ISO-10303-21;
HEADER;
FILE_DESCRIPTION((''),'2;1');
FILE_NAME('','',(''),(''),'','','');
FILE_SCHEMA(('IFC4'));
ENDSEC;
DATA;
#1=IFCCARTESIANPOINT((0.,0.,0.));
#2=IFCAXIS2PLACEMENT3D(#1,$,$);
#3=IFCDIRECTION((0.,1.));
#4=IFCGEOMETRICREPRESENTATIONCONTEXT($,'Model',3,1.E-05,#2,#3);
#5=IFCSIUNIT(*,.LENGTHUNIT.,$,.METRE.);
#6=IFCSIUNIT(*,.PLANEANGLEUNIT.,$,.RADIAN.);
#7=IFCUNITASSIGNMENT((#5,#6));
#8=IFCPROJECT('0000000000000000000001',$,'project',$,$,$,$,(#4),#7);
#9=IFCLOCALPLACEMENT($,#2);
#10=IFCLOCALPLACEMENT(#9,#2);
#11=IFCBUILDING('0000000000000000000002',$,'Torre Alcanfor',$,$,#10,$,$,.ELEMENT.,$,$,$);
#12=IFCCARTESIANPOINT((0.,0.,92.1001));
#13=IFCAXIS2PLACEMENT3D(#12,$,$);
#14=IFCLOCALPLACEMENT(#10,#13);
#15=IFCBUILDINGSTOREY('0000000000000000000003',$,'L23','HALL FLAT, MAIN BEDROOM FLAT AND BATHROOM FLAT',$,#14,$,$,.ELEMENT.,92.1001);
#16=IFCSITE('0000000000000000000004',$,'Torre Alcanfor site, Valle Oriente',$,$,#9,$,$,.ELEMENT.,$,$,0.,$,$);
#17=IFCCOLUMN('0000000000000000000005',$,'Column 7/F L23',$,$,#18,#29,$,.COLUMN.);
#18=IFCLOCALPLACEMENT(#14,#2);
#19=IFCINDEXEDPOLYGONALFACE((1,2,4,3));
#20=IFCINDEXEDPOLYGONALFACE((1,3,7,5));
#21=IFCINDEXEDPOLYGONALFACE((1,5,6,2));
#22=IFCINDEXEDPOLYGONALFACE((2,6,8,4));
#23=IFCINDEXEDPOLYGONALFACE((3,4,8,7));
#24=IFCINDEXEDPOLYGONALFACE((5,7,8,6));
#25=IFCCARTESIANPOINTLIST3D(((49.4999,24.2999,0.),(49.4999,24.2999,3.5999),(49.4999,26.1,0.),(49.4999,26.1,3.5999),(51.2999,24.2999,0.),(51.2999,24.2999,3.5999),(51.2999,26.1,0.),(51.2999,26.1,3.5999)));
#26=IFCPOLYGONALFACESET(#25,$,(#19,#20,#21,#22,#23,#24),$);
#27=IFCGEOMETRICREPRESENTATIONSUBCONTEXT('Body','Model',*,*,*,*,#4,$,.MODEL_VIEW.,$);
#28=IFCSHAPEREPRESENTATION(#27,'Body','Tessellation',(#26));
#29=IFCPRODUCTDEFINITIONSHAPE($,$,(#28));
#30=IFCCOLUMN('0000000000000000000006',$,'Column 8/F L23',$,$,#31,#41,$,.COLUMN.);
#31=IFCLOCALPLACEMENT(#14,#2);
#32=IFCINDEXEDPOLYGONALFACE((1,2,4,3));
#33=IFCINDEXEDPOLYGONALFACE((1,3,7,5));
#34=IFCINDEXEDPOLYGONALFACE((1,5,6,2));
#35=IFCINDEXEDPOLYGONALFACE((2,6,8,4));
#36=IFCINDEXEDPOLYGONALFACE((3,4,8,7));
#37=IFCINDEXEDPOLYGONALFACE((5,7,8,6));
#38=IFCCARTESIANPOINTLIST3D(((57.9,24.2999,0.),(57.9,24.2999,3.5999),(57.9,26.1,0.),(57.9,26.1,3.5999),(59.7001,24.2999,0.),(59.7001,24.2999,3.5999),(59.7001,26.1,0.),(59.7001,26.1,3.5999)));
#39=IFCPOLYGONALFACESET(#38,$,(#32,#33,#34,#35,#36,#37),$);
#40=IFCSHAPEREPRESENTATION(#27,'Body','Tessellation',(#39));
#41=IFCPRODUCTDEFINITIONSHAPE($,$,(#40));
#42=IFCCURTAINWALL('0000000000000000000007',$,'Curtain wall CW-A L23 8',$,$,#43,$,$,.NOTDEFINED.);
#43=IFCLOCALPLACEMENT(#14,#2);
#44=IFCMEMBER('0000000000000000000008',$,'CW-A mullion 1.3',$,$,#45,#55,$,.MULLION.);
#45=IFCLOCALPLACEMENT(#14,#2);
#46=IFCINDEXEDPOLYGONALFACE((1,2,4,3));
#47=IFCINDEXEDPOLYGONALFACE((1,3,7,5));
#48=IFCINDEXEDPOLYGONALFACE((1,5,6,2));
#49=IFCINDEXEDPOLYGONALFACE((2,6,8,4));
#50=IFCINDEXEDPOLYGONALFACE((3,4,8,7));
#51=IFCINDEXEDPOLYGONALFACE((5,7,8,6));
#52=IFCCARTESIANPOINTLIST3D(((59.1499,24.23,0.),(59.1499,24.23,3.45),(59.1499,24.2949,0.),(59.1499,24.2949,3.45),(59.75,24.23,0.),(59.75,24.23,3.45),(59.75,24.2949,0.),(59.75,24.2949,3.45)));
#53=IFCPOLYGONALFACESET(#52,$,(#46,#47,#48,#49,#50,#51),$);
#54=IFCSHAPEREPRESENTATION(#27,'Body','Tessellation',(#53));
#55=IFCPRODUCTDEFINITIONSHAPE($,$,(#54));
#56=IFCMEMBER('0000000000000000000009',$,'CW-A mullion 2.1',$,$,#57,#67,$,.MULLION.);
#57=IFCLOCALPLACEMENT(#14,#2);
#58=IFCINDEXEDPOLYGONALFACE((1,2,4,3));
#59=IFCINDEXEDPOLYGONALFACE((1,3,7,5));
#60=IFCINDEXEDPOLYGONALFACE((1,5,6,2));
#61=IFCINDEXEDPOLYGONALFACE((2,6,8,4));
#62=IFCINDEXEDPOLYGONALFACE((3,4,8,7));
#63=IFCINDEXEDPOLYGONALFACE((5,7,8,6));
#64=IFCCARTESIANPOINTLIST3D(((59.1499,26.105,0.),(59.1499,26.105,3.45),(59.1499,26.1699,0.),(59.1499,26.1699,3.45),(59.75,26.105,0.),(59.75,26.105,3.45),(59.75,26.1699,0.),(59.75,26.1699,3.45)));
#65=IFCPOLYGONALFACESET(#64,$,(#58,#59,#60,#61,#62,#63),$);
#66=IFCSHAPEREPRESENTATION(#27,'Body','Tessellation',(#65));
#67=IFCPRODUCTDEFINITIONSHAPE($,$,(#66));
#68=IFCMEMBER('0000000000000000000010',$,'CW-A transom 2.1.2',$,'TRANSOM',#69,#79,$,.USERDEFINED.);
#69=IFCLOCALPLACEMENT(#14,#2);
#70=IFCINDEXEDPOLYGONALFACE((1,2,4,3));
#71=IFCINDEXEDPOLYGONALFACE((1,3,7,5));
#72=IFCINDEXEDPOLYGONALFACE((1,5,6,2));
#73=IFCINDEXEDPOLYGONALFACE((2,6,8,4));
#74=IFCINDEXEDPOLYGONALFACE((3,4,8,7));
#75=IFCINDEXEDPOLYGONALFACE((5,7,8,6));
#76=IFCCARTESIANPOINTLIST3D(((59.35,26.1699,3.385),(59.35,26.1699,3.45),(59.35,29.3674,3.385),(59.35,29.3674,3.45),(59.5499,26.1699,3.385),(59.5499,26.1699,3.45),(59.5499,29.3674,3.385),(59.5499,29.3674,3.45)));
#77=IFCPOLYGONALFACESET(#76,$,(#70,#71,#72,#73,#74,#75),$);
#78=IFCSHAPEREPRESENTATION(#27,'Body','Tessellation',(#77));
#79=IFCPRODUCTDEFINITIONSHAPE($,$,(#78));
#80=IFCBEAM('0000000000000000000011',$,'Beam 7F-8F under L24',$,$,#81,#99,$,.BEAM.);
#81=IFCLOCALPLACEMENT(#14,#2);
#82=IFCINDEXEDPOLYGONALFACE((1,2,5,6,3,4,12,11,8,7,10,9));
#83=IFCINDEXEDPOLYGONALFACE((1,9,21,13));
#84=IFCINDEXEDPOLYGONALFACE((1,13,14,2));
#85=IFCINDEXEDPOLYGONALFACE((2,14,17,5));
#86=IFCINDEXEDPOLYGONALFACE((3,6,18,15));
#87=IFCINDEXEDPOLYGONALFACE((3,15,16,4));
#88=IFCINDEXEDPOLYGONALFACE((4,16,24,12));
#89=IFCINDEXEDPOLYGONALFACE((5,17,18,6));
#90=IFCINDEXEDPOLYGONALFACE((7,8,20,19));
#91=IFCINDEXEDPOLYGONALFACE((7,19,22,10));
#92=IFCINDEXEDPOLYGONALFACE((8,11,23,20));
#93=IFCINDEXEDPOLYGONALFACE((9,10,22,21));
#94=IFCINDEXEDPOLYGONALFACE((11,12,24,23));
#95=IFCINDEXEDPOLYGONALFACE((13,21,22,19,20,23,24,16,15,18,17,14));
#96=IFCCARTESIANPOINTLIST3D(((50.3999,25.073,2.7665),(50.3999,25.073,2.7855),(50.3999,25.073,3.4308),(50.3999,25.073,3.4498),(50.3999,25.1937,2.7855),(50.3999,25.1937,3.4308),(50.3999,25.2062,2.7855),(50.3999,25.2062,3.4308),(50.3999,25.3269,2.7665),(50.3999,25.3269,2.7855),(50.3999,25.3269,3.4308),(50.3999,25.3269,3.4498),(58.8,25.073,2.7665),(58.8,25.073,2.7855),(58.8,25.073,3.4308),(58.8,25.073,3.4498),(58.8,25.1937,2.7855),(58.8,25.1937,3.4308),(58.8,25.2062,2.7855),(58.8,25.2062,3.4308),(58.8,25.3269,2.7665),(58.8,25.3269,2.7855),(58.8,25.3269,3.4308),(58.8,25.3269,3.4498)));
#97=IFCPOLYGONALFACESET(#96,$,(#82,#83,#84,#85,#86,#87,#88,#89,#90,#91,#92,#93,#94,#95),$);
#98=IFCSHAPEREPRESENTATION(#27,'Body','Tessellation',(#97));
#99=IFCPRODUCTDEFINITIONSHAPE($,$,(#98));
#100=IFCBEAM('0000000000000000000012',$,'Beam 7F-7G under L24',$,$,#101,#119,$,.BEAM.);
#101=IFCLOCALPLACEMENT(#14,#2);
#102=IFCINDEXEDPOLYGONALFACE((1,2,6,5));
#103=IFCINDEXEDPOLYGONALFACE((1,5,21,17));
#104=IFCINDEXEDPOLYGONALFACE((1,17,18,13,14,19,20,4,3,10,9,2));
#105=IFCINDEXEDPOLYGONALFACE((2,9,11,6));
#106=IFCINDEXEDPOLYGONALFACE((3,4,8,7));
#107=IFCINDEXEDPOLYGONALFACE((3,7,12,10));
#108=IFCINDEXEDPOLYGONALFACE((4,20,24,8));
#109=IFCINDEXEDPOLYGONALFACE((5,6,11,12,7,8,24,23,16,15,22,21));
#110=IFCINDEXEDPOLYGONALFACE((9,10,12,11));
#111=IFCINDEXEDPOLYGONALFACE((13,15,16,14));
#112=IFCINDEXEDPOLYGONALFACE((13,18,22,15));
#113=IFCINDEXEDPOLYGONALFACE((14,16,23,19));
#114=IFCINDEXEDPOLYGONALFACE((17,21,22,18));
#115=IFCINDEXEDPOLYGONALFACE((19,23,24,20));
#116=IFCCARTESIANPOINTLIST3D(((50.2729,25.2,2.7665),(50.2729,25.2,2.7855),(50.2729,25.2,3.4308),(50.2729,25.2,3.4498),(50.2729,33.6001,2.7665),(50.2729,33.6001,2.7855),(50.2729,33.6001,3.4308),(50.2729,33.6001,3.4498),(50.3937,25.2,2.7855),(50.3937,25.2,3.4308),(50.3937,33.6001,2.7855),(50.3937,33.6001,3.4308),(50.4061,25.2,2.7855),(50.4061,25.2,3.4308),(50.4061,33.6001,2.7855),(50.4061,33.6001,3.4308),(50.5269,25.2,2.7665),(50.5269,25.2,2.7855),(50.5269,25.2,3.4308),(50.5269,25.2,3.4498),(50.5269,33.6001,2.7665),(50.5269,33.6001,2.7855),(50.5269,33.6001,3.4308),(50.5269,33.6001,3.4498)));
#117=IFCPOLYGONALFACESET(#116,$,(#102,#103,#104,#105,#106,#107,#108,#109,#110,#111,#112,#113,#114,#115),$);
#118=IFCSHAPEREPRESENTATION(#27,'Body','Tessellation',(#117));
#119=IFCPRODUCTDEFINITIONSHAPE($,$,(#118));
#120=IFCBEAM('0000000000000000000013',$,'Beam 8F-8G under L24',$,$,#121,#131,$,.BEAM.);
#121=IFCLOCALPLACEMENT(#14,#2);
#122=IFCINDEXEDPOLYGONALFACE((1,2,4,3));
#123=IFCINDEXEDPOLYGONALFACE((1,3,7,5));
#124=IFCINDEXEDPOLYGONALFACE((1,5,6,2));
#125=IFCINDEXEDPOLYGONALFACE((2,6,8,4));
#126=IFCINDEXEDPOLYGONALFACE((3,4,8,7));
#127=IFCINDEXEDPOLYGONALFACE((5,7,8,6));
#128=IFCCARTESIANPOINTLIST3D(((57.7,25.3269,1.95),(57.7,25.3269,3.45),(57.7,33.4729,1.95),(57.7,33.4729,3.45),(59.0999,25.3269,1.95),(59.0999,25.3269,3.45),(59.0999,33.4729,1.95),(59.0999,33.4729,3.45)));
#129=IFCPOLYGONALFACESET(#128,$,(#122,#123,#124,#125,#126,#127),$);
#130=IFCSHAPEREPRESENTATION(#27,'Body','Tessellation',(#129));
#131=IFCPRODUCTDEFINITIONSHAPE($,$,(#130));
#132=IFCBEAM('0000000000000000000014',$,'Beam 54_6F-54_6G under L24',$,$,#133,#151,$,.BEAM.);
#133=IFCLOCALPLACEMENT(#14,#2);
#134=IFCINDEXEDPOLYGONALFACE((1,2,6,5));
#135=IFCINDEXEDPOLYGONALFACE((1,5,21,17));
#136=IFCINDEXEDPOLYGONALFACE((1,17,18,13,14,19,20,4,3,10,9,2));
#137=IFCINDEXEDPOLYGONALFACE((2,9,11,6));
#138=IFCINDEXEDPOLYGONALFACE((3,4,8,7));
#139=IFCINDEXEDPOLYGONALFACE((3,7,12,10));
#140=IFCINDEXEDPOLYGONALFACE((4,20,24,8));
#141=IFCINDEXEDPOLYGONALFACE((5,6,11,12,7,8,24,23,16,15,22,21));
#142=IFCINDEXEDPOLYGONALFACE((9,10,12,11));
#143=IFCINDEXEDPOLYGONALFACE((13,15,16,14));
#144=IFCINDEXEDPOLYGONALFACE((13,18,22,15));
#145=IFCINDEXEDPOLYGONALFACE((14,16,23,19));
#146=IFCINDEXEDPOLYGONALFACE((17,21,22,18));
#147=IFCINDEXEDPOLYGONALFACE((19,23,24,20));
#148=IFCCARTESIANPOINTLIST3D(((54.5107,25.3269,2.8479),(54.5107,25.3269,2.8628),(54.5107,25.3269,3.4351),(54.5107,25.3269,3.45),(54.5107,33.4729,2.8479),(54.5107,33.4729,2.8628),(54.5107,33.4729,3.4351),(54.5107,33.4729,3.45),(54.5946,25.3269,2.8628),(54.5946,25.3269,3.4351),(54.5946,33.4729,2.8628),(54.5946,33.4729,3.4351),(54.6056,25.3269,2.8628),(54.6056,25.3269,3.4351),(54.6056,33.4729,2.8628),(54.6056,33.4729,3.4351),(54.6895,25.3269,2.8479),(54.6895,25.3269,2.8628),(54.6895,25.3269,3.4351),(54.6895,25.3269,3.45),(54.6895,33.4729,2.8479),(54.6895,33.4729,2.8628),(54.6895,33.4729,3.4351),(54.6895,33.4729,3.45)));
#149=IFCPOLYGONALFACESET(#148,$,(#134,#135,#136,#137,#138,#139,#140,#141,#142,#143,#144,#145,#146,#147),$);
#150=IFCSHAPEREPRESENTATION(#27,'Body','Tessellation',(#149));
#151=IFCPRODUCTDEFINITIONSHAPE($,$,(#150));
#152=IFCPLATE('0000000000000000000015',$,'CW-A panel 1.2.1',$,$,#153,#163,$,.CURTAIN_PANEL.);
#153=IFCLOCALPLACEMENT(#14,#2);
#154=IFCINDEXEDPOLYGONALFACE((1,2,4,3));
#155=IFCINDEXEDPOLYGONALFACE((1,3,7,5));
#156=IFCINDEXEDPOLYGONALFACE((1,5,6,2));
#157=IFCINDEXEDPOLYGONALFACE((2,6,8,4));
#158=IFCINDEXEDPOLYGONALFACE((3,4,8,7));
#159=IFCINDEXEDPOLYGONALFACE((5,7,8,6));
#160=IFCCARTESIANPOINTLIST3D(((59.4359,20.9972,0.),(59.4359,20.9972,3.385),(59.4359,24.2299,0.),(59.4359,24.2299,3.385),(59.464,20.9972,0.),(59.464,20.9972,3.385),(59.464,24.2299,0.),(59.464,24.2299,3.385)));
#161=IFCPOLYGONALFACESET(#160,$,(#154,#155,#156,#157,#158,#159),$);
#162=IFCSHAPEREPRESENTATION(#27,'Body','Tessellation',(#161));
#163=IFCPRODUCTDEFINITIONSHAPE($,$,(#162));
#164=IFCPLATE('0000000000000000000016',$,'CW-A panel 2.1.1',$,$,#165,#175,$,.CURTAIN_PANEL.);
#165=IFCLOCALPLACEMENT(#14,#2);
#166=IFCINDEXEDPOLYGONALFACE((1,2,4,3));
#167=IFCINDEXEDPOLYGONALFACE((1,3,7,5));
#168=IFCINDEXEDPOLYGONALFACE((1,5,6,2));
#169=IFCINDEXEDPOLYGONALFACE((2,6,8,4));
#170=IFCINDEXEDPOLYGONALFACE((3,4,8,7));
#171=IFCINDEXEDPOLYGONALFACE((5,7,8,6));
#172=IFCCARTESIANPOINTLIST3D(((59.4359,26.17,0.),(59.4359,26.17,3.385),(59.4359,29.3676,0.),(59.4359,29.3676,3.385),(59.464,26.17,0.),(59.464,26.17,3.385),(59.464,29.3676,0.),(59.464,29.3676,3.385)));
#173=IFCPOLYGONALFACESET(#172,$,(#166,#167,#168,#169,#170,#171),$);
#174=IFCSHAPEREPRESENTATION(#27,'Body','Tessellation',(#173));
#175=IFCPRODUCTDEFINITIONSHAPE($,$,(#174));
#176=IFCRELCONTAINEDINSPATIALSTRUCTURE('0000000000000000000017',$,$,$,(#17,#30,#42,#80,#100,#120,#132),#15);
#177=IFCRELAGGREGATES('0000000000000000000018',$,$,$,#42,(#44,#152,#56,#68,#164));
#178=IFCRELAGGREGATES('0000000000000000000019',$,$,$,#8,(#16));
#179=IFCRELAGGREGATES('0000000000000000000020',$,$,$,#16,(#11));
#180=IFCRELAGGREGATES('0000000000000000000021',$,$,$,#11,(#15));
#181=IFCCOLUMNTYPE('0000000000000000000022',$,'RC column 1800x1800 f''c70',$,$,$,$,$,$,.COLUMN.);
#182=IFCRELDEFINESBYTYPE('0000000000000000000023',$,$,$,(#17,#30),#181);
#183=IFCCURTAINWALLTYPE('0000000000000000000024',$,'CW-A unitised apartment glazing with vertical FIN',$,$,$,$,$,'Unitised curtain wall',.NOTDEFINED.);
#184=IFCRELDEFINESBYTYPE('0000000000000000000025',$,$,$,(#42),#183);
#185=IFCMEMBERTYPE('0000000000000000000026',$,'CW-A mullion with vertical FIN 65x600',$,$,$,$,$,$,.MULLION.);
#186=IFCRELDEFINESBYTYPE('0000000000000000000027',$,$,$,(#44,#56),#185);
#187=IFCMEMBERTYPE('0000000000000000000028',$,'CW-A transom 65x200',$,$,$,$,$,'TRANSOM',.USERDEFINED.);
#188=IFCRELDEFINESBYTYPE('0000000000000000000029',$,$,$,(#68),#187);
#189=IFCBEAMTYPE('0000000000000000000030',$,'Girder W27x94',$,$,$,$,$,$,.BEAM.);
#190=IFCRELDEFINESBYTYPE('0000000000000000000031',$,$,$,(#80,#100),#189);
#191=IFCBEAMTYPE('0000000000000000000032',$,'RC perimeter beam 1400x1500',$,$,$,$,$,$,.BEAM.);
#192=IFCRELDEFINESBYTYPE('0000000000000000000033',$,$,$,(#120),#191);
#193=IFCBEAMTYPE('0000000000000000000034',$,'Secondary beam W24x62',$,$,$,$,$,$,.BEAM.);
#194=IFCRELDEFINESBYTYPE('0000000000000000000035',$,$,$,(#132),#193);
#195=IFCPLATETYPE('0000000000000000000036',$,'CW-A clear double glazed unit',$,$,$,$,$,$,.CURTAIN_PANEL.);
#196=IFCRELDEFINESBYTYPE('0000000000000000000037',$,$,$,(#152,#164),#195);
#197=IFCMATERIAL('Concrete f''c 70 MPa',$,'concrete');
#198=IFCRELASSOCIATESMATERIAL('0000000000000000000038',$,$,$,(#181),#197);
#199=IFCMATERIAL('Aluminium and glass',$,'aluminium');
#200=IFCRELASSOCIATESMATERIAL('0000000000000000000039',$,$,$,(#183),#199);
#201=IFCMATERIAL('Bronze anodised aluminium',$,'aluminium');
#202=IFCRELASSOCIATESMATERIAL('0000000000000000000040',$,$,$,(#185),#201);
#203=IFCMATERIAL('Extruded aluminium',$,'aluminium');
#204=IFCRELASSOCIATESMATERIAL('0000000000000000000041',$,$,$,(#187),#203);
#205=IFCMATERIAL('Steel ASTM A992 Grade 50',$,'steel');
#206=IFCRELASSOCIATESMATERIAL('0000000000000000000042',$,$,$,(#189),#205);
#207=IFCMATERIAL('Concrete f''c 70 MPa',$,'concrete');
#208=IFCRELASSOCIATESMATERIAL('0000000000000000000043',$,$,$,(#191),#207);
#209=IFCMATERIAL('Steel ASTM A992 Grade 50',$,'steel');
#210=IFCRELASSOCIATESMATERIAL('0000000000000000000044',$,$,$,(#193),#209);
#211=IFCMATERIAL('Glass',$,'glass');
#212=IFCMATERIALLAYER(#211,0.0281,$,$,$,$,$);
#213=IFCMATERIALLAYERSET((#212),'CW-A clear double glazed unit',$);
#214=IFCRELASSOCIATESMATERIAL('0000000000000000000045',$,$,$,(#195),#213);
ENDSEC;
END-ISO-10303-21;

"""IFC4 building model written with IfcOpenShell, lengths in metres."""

from ifc_helpers import new_model, si_unit, direction, frame, origin, origin_2d, place, context, subcontext, project, spatial, rectangle, i_section, extrude, material, layer, layer_set, material_profile, profile_set, type_object, element, aggregate, save


model = new_model("IFC4")

# Units and contexts
model_context = context("Model", 3, precision=1e-05, world=origin(), true_north=direction((0.0, 1.0)))
body_context = subcontext(model_context, "Body", "Model", "MODEL_VIEW")
ifc_project = project(units=[si_unit("LENGTHUNIT", "METRE"), si_unit("PLANEANGLEUNIT", "RADIAN")], contexts=[model_context])

# Site, building, storey
site_placement = place(None, origin())
site = spatial("IfcSite", under=ifc_project, at=site_placement, Name="Torre Alcanfor site, Valle Oriente", CompositionType="ELEMENT", RefElevation=0.0)
building_placement = place(site_placement, origin())
building = spatial("IfcBuilding", under=site, at=building_placement, Name="Torre Alcanfor", CompositionType="ELEMENT")
storey_placement = place(building_placement, frame((0.0, 0.0, 92.1001)))
storey = spatial("IfcBuildingStorey", under=building, at=storey_placement, Name="L23", Description="HALL FLAT, MAIN BEDROOM FLAT AND BATHROOM FLAT", CompositionType="ELEMENT", Elevation=92.1001)

# Columns
ifc_material_1 = material(Name="Concrete f'c 70 MPa", Category="concrete")
ifc_material_profile_1 = material_profile(ifc_material_1, rectangle(XDim=1.8, YDim=1.8, at=origin_2d()), Name="1800x1800")
ifc_profile_set_1 = profile_set([ifc_material_profile_1], Name="Concrete f'c 70 MPa")
column_type = type_object("IfcColumnType", Name="RC column 1800x1800 f'c70", PredefinedType="COLUMN", material=ifc_profile_set_1)
for number, where, z_axis, x_axis, name in (
    (1, (50.3999, 25.2, 0.0), (0.0, 0.0, 1.0), (1.0, 0.0, 0.0), "Column 7/F L23"),
    (2, (58.8, 25.2, 0.0), (0.0, 0.0, 1.0), (1.0, 0.0, 0.0), "Column 8/F L23"),
):
    element("IfcColumn", number, at=place(storey_placement, frame(where, z_axis=z_axis, x_axis=x_axis)), inside=storey, type_object=column_type, Name=name, PredefinedType="COLUMN", context=body_context, shape_type="SweptSolid", body=[
        extrude(rectangle(XDim=1.8, YDim=1.8, at=origin_2d()), origin(), (0.0, 0.0, 1.0), 3.5999),
    ])

# Curtain wall, members
ifc_material_2 = material(Name="Aluminium and glass", Category="aluminium")
curtain_wall_type = type_object("IfcCurtainWallType", Name="CW-A unitised apartment glazing with vertical FIN", ElementType="Unitised curtain wall", PredefinedType="NOTDEFINED", material=ifc_material_2)
curtain_wall_placement = place(storey_placement, origin())
curtain_wall = element("IfcCurtainWall", 3, at=curtain_wall_placement, inside=storey, type_object=curtain_wall_type, Name="Curtain wall CW-A L23 8", PredefinedType="NOTDEFINED")
ifc_material_3 = material(Name="Bronze anodised aluminium", Category="aluminium")
ifc_material_profile_2 = material_profile(ifc_material_3, rectangle(XDim=0.6001, YDim=0.0649, at=origin_2d()), Name="CW-A mullion 65x600")
ifc_profile_set_2 = profile_set([ifc_material_profile_2], Name="Bronze anodised aluminium")
member_type_1 = type_object("IfcMemberType", Name="CW-A mullion with vertical FIN 65x600", PredefinedType="MULLION", material=ifc_profile_set_2)
member_1_placement = place(storey_placement, frame((59.45, 24.2625, 0.0), z_axis=(0.0, 0.0, 1.0), x_axis=(-1.0, 0.0, 0.0)))
member_1 = element("IfcMember", 4, at=member_1_placement, type_object=member_type_1, Name="CW-A mullion 1.3", PredefinedType="MULLION", context=body_context, shape_type="SweptSolid", body=[
    extrude(rectangle(XDim=0.6001, YDim=0.0649, at=origin_2d()), origin(), (0.0, 0.0, 1.0), 3.45),
])
member_2_placement = place(storey_placement, frame((59.45, 26.1375, 0.0), z_axis=(0.0, 0.0, 1.0), x_axis=(-1.0, 0.0, 0.0)))
member_2 = element("IfcMember", 5, at=member_2_placement, type_object=member_type_1, Name="CW-A mullion 2.1", PredefinedType="MULLION", context=body_context, shape_type="SweptSolid", body=[
    extrude(rectangle(XDim=0.6001, YDim=0.0649, at=origin_2d()), origin(), (0.0, 0.0, 1.0), 3.45),
])
ifc_material_4 = material(Name="Extruded aluminium", Category="aluminium")
ifc_material_profile_3 = material_profile(ifc_material_4, rectangle(XDim=0.2, YDim=0.0649, at=origin_2d()), Name="CW-A transom 200x65")
ifc_profile_set_3 = profile_set([ifc_material_profile_3], Name="Extruded aluminium")
member_type_2 = type_object("IfcMemberType", Name="CW-A transom 65x200", ElementType="TRANSOM", PredefinedType="USERDEFINED", material=ifc_profile_set_3)
member_3_placement = place(storey_placement, frame((59.45, 26.1699, 3.4175), z_axis=(0.0, 1.0, 0.0), x_axis=(-1.0, 0.0, 0.0)))
member_3 = element("IfcMember", 6, at=member_3_placement, type_object=member_type_2, Name="CW-A transom 2.1.2", ObjectType="TRANSOM", PredefinedType="USERDEFINED", context=body_context, shape_type="SweptSolid", body=[
    extrude(rectangle(XDim=0.2, YDim=0.0649, at=origin_2d()), origin(), (0.0, 0.0, 1.0), 3.1975),
])

# Beams
ifc_material_5 = material(Name="Steel ASTM A992 Grade 50", Category="steel")
ifc_material_profile_4 = material_profile(ifc_material_5, i_section(OverallWidth=0.2539, OverallDepth=0.6833, WebThickness=0.0125, FlangeThickness=0.019, at=origin_2d()), Name="W27x94")
ifc_profile_set_4 = profile_set([ifc_material_profile_4], Name="Steel ASTM A992 Grade 50")
beam_type_1 = type_object("IfcBeamType", Name="Girder W27x94", PredefinedType="BEAM", material=ifc_profile_set_4)
for number, where, z_axis, x_axis, name in (
    (7, (50.3999, 25.2, 3.1082), (1.0, 0.0, 0.0), (0.0, 1.0, 0.0), "Beam 7F-8F under L24"),
    (8, (50.3999, 25.2, 3.1082), (0.0, 1.0, 0.0), (-1.0, 0.0, 0.0), "Beam 7F-7G under L24"),
):
    element("IfcBeam", number, at=place(storey_placement, frame(where, z_axis=z_axis, x_axis=x_axis)), inside=storey, type_object=beam_type_1, Name=name, PredefinedType="BEAM", context=body_context, shape_type="SweptSolid", body=[
        extrude(i_section(OverallWidth=0.2539, OverallDepth=0.6833, WebThickness=0.0125, FlangeThickness=0.019, at=origin_2d()), origin(), (0.0, 0.0, 1.0), 8.4001),
    ])
ifc_material_6 = material(Name="Concrete f'c 70 MPa", Category="concrete")
ifc_material_profile_5 = material_profile(ifc_material_6, rectangle(XDim=1.3999, YDim=1.5, at=origin_2d()), Name="1400x1500")
ifc_profile_set_5 = profile_set([ifc_material_profile_5], Name="Concrete f'c 70 MPa")
beam_type_2 = type_object("IfcBeamType", Name="RC perimeter beam 1400x1500", PredefinedType="BEAM", material=ifc_profile_set_5)
beam_1_placement = place(storey_placement, frame((58.3999, 25.3269, 2.7), z_axis=(0.0, 1.0, 0.0), x_axis=(-1.0, 0.0, 0.0)))
element("IfcBeam", 9, at=beam_1_placement, inside=storey, type_object=beam_type_2, Name="Beam 8F-8G under L24", PredefinedType="BEAM", context=body_context, shape_type="SweptSolid", body=[
    extrude(rectangle(XDim=1.3999, YDim=1.5, at=origin_2d()), origin(), (0.0, 0.0, 1.0), 8.146),
])
ifc_material_7 = material(Name="Steel ASTM A992 Grade 50", Category="steel")
ifc_material_profile_6 = material_profile(ifc_material_7, i_section(OverallWidth=0.1787, OverallDepth=0.6021, WebThickness=0.011, FlangeThickness=0.0149, at=origin_2d()), Name="W24x62")
ifc_profile_set_6 = profile_set([ifc_material_profile_6], Name="Steel ASTM A992 Grade 50")
beam_type_3 = type_object("IfcBeamType", Name="Secondary beam W24x62", PredefinedType="BEAM", material=ifc_profile_set_6)
beam_2_placement = place(storey_placement, frame((54.6001, 25.3269, 3.1489), z_axis=(0.0, 1.0, 0.0), x_axis=(-1.0, 0.0, 0.0)))
element("IfcBeam", 10, at=beam_2_placement, inside=storey, type_object=beam_type_3, Name="Beam 54_6F-54_6G under L24", PredefinedType="BEAM", context=body_context, shape_type="SweptSolid", body=[
    extrude(i_section(OverallWidth=0.1787, OverallDepth=0.6021, WebThickness=0.011, FlangeThickness=0.0149, at=origin_2d()), origin(), (0.0, 0.0, 1.0), 8.146),
])

# Plates
ifc_material_8 = material(Name="Glass", Category="glass")
ifc_layer_1 = layer(ifc_material_8, 0.0281)
ifc_layer_set_1 = layer_set([ifc_layer_1], Name="CW-A clear double glazed unit")
plate_type = type_object("IfcPlateType", Name="CW-A clear double glazed unit", PredefinedType="CURTAIN_PANEL", material=ifc_layer_set_1)
plate_1_placement = place(storey_placement, frame((59.45, 22.6135, 0.0), z_axis=(0.0, 0.0, 1.0), x_axis=(0.0, 1.0, 0.0)))
plate_1 = element("IfcPlate", 11, at=plate_1_placement, type_object=plate_type, Name="CW-A panel 1.2.1", PredefinedType="CURTAIN_PANEL", context=body_context, shape_type="SweptSolid", body=[
    extrude(rectangle(XDim=3.2327, YDim=0.0281, at=origin_2d()), origin(), (0.0, 0.0, 1.0), 3.385),
])
plate_2_placement = place(storey_placement, frame((59.45, 27.7688, 0.0), z_axis=(0.0, 0.0, 1.0), x_axis=(0.0, 1.0, 0.0)))
plate_2 = element("IfcPlate", 12, at=plate_2_placement, type_object=plate_type, Name="CW-A panel 2.1.1", PredefinedType="CURTAIN_PANEL", context=body_context, shape_type="SweptSolid", body=[
    extrude(rectangle(XDim=3.1975, YDim=0.0281, at=origin_2d()), origin(), (0.0, 0.0, 1.0), 3.385),
])
aggregate(curtain_wall, [member_1, plate_1, member_2, member_3, plate_2])

save(model, "model.ifc")
